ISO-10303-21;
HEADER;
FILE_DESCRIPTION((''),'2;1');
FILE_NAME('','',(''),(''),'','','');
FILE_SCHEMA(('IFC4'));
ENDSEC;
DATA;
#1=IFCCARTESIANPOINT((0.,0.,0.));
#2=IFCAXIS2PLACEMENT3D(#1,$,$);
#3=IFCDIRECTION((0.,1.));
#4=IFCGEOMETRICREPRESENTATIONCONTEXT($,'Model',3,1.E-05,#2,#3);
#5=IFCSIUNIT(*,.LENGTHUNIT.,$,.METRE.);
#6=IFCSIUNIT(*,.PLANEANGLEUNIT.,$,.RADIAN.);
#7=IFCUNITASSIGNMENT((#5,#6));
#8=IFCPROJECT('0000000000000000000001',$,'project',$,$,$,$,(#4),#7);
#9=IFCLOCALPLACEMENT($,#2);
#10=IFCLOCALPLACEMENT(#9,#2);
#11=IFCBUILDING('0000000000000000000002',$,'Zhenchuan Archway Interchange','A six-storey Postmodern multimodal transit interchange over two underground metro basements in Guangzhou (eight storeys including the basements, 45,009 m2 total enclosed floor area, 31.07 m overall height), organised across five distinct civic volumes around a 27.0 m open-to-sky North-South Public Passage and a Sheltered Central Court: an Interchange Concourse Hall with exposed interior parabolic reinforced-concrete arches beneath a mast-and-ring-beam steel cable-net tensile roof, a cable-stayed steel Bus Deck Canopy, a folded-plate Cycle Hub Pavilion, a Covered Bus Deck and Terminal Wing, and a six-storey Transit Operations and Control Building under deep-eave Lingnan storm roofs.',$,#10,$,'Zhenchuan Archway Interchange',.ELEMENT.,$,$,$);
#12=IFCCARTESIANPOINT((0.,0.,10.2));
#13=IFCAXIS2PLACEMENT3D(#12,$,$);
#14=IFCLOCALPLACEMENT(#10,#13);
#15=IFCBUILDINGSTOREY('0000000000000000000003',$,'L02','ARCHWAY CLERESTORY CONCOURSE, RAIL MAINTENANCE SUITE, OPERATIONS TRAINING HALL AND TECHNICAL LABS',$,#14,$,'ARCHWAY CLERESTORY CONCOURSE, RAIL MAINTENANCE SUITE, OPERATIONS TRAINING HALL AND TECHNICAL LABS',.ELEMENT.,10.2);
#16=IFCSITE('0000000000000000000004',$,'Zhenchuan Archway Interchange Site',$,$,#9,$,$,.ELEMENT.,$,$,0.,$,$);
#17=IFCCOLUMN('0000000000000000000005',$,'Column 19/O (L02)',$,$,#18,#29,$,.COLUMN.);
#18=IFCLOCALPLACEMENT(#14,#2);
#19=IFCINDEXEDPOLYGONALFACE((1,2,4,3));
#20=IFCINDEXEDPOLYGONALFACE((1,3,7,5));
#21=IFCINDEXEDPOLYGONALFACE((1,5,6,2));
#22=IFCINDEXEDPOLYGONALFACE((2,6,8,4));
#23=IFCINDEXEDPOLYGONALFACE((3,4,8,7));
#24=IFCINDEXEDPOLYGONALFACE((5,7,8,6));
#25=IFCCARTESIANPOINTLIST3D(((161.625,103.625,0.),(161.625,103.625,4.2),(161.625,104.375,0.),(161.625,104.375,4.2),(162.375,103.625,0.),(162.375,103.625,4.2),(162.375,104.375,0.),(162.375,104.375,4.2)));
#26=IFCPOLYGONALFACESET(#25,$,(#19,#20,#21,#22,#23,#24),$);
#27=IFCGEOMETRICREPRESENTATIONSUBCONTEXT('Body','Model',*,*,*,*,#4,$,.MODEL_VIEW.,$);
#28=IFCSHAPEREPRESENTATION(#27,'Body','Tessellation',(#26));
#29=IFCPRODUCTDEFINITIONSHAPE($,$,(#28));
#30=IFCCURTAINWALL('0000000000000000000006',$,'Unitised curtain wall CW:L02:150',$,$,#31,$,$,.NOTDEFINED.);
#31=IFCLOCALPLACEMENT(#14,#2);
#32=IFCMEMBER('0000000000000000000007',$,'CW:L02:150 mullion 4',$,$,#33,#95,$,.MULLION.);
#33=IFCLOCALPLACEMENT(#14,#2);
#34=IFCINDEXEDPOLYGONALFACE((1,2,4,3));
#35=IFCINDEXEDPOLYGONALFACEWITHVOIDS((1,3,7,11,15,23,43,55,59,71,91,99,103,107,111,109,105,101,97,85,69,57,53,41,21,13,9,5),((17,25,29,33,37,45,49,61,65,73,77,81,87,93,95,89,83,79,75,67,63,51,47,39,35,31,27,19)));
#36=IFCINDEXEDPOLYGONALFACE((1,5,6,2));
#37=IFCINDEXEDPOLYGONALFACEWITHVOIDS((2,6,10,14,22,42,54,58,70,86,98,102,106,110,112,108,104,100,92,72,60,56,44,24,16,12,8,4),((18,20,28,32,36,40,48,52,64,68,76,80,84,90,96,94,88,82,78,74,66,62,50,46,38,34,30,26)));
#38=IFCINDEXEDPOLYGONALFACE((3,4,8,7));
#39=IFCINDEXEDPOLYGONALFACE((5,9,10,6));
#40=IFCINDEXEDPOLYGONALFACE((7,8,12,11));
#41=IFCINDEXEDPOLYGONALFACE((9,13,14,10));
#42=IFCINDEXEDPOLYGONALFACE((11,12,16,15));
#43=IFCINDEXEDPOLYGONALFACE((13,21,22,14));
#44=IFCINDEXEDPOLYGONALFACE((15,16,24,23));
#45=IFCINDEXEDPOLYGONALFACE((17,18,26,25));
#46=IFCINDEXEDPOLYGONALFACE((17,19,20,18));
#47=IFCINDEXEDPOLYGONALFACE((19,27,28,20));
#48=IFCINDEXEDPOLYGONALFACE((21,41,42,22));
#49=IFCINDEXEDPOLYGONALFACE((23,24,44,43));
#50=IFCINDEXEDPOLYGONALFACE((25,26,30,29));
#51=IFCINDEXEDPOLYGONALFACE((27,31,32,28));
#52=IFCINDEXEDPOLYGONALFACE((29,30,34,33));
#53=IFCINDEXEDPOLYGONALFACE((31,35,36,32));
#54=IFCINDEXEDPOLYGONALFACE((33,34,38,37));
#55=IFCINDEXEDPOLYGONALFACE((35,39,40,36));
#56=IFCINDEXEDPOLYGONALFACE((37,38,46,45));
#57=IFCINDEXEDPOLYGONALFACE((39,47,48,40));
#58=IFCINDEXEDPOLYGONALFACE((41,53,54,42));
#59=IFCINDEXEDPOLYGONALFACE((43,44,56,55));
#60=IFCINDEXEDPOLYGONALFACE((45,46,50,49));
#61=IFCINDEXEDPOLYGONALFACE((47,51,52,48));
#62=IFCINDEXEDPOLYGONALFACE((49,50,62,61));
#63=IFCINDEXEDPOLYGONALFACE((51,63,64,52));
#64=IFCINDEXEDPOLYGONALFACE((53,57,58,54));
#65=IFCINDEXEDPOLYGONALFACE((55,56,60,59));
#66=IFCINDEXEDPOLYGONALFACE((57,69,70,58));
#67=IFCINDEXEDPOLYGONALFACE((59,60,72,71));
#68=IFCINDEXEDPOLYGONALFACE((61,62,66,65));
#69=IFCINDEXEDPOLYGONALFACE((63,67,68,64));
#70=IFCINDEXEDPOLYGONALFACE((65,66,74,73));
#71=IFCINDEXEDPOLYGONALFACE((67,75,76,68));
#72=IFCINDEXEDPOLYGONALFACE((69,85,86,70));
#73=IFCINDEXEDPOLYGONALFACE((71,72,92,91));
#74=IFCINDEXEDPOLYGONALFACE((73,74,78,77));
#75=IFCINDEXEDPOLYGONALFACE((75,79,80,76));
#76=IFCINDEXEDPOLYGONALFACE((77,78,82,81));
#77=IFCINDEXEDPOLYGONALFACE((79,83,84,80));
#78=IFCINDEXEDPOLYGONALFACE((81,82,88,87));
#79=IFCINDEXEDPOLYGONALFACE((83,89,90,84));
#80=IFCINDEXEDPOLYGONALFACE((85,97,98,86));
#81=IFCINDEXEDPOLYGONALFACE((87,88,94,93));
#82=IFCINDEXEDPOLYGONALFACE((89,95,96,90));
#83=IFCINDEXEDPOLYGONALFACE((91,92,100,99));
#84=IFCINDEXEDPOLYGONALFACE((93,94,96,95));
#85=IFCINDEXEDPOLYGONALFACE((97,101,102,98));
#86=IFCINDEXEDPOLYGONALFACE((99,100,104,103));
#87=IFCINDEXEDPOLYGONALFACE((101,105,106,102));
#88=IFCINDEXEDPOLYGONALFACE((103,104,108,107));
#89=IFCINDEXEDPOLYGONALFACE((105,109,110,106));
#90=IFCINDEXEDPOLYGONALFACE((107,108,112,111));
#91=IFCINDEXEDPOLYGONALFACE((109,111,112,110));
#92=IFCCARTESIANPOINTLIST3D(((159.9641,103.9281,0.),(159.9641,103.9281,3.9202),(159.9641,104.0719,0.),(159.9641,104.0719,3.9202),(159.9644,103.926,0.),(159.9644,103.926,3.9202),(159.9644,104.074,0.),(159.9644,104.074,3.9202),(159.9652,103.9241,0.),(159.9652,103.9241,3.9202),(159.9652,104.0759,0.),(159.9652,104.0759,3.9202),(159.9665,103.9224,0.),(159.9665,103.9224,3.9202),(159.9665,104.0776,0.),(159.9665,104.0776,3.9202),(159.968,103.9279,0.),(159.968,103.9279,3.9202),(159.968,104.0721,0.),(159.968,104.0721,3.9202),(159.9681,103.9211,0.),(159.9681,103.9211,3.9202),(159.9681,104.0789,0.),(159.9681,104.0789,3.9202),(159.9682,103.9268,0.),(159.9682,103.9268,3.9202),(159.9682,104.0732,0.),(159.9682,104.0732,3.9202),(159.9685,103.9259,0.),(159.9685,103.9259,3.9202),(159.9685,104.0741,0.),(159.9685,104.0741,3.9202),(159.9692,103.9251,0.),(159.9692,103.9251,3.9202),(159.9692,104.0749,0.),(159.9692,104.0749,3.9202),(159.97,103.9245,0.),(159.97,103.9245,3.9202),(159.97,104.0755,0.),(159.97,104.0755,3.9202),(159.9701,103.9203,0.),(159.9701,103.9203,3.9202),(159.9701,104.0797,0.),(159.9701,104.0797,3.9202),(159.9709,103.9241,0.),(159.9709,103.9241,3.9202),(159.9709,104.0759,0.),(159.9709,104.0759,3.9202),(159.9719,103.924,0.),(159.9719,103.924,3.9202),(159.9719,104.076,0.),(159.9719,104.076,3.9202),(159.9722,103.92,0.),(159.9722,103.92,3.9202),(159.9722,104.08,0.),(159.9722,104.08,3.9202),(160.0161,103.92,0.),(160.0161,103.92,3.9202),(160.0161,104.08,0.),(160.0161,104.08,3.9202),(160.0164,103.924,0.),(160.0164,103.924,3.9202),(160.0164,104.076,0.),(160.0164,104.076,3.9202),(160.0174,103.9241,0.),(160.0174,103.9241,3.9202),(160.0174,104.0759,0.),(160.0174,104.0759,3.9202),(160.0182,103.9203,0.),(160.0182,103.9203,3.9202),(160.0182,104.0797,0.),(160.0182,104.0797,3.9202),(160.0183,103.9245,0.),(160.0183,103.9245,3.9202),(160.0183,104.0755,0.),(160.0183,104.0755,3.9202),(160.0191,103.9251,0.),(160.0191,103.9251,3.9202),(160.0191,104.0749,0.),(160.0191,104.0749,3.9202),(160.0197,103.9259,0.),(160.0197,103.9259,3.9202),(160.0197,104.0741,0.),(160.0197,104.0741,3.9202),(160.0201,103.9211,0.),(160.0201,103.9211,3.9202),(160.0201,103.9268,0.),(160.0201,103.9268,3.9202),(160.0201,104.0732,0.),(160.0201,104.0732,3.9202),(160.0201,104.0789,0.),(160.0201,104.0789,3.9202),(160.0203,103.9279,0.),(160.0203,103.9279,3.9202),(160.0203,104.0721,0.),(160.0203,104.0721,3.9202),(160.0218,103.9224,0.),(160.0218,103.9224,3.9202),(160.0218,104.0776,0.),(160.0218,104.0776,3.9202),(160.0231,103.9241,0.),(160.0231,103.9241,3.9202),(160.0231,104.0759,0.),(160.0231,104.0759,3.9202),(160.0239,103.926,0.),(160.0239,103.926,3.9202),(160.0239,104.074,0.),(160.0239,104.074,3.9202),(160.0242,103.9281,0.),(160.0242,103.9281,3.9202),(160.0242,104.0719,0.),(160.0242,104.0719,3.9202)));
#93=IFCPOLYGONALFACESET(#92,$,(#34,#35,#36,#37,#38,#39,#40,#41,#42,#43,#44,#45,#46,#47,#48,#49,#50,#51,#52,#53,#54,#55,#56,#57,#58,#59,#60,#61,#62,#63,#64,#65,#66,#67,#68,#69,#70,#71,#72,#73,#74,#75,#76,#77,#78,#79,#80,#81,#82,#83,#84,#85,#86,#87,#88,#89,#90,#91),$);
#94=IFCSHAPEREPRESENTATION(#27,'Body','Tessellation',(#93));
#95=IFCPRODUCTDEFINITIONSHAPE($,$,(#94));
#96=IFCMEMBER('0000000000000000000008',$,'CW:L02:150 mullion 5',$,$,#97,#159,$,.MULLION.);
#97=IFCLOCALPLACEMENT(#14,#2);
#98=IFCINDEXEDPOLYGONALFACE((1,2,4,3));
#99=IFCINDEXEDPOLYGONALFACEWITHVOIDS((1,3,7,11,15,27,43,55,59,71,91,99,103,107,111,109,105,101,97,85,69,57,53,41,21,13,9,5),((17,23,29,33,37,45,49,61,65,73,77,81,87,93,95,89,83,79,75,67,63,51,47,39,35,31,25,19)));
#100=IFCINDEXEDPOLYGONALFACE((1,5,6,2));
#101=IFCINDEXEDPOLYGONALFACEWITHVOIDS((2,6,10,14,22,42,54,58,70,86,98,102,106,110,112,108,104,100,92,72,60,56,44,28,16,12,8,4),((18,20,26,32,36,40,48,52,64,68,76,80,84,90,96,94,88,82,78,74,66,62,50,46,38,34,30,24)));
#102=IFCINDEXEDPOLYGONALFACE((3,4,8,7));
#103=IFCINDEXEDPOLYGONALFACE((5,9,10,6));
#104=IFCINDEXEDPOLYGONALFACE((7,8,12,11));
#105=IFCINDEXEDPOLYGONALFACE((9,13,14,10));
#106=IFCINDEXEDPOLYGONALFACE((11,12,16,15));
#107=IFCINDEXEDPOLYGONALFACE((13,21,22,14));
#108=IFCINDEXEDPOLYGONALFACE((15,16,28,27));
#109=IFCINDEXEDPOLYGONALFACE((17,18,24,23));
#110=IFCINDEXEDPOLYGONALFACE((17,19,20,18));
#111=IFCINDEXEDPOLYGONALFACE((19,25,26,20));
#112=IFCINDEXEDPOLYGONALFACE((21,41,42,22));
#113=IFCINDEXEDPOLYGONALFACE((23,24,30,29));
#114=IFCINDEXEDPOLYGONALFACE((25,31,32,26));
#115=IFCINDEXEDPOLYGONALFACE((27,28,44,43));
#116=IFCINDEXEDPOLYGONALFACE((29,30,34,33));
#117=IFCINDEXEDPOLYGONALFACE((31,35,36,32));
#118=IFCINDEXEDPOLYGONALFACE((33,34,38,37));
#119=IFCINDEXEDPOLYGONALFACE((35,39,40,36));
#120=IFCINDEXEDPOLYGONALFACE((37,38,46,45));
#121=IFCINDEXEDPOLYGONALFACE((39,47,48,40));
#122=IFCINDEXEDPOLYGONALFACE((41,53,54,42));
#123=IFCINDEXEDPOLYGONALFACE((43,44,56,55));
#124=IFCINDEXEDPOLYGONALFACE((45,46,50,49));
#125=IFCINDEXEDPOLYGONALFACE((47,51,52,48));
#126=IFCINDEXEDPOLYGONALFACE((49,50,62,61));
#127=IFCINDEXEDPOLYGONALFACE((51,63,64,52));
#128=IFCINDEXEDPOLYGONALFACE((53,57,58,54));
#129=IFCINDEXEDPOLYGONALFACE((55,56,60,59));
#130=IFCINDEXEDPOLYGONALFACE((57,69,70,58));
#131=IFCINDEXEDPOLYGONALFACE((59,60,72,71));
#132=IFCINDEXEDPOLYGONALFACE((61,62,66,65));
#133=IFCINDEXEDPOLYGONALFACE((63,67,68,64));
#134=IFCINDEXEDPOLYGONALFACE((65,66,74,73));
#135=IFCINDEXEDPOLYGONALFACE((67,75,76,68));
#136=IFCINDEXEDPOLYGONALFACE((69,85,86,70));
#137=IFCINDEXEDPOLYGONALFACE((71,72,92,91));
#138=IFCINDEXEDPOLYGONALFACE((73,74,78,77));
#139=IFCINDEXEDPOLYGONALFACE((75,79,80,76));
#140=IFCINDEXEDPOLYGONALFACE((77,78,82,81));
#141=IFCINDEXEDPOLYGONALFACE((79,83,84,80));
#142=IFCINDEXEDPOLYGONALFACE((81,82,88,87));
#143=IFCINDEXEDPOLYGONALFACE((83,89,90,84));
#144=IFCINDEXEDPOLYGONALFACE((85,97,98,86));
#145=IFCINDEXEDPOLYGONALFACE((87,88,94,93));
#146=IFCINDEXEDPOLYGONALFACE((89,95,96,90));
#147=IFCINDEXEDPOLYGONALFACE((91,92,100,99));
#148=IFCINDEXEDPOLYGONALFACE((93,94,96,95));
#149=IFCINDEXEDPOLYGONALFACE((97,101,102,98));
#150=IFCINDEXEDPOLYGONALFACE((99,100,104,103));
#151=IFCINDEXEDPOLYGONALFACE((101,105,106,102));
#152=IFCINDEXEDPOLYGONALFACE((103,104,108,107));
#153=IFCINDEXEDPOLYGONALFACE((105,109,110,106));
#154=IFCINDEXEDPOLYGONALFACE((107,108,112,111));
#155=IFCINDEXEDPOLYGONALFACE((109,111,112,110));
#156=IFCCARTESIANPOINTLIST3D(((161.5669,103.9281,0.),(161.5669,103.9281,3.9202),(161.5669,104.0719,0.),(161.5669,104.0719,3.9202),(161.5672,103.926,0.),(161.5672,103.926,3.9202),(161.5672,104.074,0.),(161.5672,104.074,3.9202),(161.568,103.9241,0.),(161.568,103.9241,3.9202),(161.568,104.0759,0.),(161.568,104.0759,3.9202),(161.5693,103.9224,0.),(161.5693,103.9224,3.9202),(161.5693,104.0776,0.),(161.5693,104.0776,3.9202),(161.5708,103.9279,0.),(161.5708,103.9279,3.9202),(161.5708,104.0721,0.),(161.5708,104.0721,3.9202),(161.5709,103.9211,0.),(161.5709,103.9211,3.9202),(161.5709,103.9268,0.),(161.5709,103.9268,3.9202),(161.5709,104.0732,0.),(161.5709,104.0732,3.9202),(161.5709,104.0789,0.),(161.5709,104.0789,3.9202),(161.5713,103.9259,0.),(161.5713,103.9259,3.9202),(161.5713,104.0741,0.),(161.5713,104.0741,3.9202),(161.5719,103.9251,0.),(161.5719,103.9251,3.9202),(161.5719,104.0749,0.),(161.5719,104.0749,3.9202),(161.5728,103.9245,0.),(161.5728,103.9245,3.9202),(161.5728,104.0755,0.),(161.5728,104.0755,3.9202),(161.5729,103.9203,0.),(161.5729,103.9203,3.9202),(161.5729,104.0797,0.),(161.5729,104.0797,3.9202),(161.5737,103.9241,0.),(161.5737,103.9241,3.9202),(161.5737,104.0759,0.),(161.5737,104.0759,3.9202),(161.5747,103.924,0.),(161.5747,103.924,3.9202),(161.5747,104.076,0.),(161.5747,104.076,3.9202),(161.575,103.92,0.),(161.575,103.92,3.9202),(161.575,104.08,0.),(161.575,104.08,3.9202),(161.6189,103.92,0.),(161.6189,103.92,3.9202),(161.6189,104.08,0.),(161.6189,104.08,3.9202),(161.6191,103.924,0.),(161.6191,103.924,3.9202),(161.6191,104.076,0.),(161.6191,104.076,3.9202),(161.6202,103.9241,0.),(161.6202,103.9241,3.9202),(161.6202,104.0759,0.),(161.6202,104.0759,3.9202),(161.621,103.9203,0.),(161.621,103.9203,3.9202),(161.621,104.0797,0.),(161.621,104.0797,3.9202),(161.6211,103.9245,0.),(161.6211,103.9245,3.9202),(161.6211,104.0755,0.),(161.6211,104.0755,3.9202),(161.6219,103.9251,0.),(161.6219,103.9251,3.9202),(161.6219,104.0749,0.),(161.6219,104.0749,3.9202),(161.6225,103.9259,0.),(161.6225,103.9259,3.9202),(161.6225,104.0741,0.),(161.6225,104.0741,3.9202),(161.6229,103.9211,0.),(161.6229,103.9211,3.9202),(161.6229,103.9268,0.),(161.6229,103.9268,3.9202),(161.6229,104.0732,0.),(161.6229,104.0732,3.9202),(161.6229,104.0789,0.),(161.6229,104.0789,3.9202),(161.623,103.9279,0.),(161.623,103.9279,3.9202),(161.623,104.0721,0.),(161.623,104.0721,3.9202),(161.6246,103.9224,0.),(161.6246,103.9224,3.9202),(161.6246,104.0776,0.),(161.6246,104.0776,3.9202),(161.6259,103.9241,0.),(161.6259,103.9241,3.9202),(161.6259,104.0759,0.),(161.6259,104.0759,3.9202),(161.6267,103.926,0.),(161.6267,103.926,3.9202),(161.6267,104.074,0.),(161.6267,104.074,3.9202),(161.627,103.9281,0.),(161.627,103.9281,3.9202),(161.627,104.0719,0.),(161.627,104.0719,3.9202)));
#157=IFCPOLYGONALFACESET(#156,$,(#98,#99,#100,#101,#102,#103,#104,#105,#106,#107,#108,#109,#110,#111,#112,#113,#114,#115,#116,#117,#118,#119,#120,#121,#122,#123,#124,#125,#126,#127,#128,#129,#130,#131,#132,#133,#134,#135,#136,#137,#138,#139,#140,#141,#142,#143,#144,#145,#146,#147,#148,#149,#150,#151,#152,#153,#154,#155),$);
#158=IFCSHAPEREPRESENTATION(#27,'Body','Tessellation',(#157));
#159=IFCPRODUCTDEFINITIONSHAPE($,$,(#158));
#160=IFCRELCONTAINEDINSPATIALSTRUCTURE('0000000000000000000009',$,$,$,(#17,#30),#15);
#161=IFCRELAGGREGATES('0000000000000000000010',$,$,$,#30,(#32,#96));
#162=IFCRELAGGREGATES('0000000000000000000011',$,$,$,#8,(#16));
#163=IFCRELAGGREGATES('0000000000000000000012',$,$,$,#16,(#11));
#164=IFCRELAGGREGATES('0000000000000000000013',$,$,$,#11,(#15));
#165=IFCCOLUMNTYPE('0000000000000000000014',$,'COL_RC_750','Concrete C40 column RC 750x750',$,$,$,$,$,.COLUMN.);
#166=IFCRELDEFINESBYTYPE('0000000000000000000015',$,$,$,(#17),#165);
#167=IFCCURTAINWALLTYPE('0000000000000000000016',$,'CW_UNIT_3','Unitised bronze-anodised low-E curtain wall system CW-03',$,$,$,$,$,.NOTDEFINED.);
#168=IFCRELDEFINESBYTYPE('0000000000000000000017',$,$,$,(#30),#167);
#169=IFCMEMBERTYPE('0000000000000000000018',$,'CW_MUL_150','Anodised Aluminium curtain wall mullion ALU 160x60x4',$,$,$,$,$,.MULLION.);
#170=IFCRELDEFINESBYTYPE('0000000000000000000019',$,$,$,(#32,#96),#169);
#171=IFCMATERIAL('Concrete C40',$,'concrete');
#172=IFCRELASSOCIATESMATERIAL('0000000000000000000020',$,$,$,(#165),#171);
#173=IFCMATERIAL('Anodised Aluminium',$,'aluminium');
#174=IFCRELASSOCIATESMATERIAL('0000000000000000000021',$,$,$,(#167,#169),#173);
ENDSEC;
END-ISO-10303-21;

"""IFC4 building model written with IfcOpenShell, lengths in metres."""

from ifc_helpers import new_model, si_unit, direction, frame, origin, origin_2d, place, context, subcontext, project, spatial, rectangle, hollow_rectangle, extrude, material, material_profile, profile_set, type_object, element, aggregate, save


model = new_model("IFC4")

# Units and contexts
model_context = context("Model", 3, precision=1e-05, world=origin(), true_north=direction((0.0, 1.0)))
body_context = subcontext(model_context, "Body", "Model", "MODEL_VIEW")
ifc_project = project(units=[si_unit("LENGTHUNIT", "METRE"), si_unit("PLANEANGLEUNIT", "RADIAN")], contexts=[model_context])

# Site, building, storey
site_placement = place(None, origin())
site = spatial("IfcSite", under=ifc_project, at=site_placement, Name="Zhenchuan Archway Interchange Site", CompositionType="ELEMENT", RefElevation=0.0)
building_placement = place(site_placement, origin())
building = spatial("IfcBuilding", under=site, at=building_placement, Name="Zhenchuan Archway Interchange", Description="A six-storey Postmodern multimodal transit interchange over two underground metro basements in Guangzhou (eight storeys including the basements, 45,009 m2 total enclosed floor area, 31.07 m overall height), organised across five distinct civic volumes around a 27.0 m open-to-sky North-South Public Passage and a Sheltered Central Court: an Interchange Concourse Hall with exposed interior parabolic reinforced-concrete arches beneath a mast-and-ring-beam steel cable-net tensile roof, a cable-stayed steel Bus Deck Canopy, a folded-plate Cycle Hub Pavilion, a Covered Bus Deck and Terminal Wing, and a six-storey Transit Operations and Control Building under deep-eave Lingnan storm roofs.", LongName="Zhenchuan Archway Interchange", CompositionType="ELEMENT")
storey_placement = place(building_placement, frame((0.0, 0.0, 10.2)))
storey = spatial("IfcBuildingStorey", under=building, at=storey_placement, Name="L02", Description="ARCHWAY CLERESTORY CONCOURSE, RAIL MAINTENANCE SUITE, OPERATIONS TRAINING HALL AND TECHNICAL LABS", LongName="ARCHWAY CLERESTORY CONCOURSE, RAIL MAINTENANCE SUITE, OPERATIONS TRAINING HALL AND TECHNICAL LABS", CompositionType="ELEMENT", Elevation=10.2)

# Column
ifc_material_1 = material(Name="Concrete C40", Category="concrete")
ifc_material_profile_1 = material_profile(ifc_material_1, rectangle(XDim=0.75, YDim=0.75, at=origin_2d()), Name="RC 750x750")
ifc_profile_set_1 = profile_set([ifc_material_profile_1], Name="Concrete C40")
column_type = type_object("IfcColumnType", Name="COL_RC_750", Description="Concrete C40 column RC 750x750", PredefinedType="COLUMN", material=ifc_profile_set_1)
column_placement = place(storey_placement, frame((162.0, 104.0, 0.0), z_axis=(0.0, 0.0, 1.0), x_axis=(1.0, 0.0, 0.0)))
element("IfcColumn", 1, at=column_placement, inside=storey, type_object=column_type, Name="Column 19/O (L02)", PredefinedType="COLUMN", context=body_context, shape_type="SweptSolid", body=[
    extrude(rectangle(XDim=0.75, YDim=0.75, at=origin_2d()), origin(), (0.0, 0.0, 1.0), 4.2),
])

# Curtain wall, members
ifc_material_2 = material(Name="Anodised Aluminium", Category="aluminium")
curtain_wall_type_1 = type_object("IfcCurtainWallType", Name="CW_UNIT_3", Description="Unitised bronze-anodised low-E curtain wall system CW-03", PredefinedType="NOTDEFINED", material=ifc_material_2)
curtain_wall_1_placement = place(storey_placement, origin())
curtain_wall_1 = element("IfcCurtainWall", 2, at=curtain_wall_1_placement, inside=storey, type_object=curtain_wall_type_1, Name="Unitised curtain wall CW:L02:150", PredefinedType="NOTDEFINED")
ifc_material_profile_2 = material_profile(ifc_material_2, hollow_rectangle(XDim=0.0601, YDim=0.1599, WallThickness=0.0039, InnerFilletRadius=0.0039, OuterFilletRadius=0.0081, at=origin_2d()), Name="ALU 160x60x4")
ifc_profile_set_2 = profile_set([ifc_material_profile_2], Name="Anodised Aluminium")
member_type_1 = type_object("IfcMemberType", Name="CW_MUL_150", Description="Anodised Aluminium curtain wall mullion ALU 160x60x4", PredefinedType="MULLION", material=ifc_profile_set_2)
member_1_placement = place(storey_placement, frame((159.9941, 104.0, 0.0), z_axis=(0.0, 0.0, 1.0), x_axis=(1.0, 0.0, 0.0)))
member_1 = element("IfcMember", 3, at=member_1_placement, type_object=member_type_1, Name="CW:L02:150 mullion 4", PredefinedType="MULLION", context=body_context, shape_type="SweptSolid", body=[
    extrude(hollow_rectangle(XDim=0.0601, YDim=0.1599, WallThickness=0.0039, InnerFilletRadius=0.0039, OuterFilletRadius=0.0081, at=origin_2d()), origin(), (0.0, 0.0, 1.0), 3.9202),
])
member_2_placement = place(storey_placement, frame((161.5969, 104.0, 0.0), z_axis=(0.0, 0.0, 1.0), x_axis=(1.0, 0.0, 0.0)))
member_2 = element("IfcMember", 4, at=member_2_placement, type_object=member_type_1, Name="CW:L02:150 mullion 5", PredefinedType="MULLION", context=body_context, shape_type="SweptSolid", body=[
    extrude(hollow_rectangle(XDim=0.0601, YDim=0.1599, WallThickness=0.0039, InnerFilletRadius=0.0039, OuterFilletRadius=0.0081, at=origin_2d()), origin(), (0.0, 0.0, 1.0), 3.9202),
])

aggregate(curtain_wall_1, [member_1, member_2])

save(model, "model.ifc")
